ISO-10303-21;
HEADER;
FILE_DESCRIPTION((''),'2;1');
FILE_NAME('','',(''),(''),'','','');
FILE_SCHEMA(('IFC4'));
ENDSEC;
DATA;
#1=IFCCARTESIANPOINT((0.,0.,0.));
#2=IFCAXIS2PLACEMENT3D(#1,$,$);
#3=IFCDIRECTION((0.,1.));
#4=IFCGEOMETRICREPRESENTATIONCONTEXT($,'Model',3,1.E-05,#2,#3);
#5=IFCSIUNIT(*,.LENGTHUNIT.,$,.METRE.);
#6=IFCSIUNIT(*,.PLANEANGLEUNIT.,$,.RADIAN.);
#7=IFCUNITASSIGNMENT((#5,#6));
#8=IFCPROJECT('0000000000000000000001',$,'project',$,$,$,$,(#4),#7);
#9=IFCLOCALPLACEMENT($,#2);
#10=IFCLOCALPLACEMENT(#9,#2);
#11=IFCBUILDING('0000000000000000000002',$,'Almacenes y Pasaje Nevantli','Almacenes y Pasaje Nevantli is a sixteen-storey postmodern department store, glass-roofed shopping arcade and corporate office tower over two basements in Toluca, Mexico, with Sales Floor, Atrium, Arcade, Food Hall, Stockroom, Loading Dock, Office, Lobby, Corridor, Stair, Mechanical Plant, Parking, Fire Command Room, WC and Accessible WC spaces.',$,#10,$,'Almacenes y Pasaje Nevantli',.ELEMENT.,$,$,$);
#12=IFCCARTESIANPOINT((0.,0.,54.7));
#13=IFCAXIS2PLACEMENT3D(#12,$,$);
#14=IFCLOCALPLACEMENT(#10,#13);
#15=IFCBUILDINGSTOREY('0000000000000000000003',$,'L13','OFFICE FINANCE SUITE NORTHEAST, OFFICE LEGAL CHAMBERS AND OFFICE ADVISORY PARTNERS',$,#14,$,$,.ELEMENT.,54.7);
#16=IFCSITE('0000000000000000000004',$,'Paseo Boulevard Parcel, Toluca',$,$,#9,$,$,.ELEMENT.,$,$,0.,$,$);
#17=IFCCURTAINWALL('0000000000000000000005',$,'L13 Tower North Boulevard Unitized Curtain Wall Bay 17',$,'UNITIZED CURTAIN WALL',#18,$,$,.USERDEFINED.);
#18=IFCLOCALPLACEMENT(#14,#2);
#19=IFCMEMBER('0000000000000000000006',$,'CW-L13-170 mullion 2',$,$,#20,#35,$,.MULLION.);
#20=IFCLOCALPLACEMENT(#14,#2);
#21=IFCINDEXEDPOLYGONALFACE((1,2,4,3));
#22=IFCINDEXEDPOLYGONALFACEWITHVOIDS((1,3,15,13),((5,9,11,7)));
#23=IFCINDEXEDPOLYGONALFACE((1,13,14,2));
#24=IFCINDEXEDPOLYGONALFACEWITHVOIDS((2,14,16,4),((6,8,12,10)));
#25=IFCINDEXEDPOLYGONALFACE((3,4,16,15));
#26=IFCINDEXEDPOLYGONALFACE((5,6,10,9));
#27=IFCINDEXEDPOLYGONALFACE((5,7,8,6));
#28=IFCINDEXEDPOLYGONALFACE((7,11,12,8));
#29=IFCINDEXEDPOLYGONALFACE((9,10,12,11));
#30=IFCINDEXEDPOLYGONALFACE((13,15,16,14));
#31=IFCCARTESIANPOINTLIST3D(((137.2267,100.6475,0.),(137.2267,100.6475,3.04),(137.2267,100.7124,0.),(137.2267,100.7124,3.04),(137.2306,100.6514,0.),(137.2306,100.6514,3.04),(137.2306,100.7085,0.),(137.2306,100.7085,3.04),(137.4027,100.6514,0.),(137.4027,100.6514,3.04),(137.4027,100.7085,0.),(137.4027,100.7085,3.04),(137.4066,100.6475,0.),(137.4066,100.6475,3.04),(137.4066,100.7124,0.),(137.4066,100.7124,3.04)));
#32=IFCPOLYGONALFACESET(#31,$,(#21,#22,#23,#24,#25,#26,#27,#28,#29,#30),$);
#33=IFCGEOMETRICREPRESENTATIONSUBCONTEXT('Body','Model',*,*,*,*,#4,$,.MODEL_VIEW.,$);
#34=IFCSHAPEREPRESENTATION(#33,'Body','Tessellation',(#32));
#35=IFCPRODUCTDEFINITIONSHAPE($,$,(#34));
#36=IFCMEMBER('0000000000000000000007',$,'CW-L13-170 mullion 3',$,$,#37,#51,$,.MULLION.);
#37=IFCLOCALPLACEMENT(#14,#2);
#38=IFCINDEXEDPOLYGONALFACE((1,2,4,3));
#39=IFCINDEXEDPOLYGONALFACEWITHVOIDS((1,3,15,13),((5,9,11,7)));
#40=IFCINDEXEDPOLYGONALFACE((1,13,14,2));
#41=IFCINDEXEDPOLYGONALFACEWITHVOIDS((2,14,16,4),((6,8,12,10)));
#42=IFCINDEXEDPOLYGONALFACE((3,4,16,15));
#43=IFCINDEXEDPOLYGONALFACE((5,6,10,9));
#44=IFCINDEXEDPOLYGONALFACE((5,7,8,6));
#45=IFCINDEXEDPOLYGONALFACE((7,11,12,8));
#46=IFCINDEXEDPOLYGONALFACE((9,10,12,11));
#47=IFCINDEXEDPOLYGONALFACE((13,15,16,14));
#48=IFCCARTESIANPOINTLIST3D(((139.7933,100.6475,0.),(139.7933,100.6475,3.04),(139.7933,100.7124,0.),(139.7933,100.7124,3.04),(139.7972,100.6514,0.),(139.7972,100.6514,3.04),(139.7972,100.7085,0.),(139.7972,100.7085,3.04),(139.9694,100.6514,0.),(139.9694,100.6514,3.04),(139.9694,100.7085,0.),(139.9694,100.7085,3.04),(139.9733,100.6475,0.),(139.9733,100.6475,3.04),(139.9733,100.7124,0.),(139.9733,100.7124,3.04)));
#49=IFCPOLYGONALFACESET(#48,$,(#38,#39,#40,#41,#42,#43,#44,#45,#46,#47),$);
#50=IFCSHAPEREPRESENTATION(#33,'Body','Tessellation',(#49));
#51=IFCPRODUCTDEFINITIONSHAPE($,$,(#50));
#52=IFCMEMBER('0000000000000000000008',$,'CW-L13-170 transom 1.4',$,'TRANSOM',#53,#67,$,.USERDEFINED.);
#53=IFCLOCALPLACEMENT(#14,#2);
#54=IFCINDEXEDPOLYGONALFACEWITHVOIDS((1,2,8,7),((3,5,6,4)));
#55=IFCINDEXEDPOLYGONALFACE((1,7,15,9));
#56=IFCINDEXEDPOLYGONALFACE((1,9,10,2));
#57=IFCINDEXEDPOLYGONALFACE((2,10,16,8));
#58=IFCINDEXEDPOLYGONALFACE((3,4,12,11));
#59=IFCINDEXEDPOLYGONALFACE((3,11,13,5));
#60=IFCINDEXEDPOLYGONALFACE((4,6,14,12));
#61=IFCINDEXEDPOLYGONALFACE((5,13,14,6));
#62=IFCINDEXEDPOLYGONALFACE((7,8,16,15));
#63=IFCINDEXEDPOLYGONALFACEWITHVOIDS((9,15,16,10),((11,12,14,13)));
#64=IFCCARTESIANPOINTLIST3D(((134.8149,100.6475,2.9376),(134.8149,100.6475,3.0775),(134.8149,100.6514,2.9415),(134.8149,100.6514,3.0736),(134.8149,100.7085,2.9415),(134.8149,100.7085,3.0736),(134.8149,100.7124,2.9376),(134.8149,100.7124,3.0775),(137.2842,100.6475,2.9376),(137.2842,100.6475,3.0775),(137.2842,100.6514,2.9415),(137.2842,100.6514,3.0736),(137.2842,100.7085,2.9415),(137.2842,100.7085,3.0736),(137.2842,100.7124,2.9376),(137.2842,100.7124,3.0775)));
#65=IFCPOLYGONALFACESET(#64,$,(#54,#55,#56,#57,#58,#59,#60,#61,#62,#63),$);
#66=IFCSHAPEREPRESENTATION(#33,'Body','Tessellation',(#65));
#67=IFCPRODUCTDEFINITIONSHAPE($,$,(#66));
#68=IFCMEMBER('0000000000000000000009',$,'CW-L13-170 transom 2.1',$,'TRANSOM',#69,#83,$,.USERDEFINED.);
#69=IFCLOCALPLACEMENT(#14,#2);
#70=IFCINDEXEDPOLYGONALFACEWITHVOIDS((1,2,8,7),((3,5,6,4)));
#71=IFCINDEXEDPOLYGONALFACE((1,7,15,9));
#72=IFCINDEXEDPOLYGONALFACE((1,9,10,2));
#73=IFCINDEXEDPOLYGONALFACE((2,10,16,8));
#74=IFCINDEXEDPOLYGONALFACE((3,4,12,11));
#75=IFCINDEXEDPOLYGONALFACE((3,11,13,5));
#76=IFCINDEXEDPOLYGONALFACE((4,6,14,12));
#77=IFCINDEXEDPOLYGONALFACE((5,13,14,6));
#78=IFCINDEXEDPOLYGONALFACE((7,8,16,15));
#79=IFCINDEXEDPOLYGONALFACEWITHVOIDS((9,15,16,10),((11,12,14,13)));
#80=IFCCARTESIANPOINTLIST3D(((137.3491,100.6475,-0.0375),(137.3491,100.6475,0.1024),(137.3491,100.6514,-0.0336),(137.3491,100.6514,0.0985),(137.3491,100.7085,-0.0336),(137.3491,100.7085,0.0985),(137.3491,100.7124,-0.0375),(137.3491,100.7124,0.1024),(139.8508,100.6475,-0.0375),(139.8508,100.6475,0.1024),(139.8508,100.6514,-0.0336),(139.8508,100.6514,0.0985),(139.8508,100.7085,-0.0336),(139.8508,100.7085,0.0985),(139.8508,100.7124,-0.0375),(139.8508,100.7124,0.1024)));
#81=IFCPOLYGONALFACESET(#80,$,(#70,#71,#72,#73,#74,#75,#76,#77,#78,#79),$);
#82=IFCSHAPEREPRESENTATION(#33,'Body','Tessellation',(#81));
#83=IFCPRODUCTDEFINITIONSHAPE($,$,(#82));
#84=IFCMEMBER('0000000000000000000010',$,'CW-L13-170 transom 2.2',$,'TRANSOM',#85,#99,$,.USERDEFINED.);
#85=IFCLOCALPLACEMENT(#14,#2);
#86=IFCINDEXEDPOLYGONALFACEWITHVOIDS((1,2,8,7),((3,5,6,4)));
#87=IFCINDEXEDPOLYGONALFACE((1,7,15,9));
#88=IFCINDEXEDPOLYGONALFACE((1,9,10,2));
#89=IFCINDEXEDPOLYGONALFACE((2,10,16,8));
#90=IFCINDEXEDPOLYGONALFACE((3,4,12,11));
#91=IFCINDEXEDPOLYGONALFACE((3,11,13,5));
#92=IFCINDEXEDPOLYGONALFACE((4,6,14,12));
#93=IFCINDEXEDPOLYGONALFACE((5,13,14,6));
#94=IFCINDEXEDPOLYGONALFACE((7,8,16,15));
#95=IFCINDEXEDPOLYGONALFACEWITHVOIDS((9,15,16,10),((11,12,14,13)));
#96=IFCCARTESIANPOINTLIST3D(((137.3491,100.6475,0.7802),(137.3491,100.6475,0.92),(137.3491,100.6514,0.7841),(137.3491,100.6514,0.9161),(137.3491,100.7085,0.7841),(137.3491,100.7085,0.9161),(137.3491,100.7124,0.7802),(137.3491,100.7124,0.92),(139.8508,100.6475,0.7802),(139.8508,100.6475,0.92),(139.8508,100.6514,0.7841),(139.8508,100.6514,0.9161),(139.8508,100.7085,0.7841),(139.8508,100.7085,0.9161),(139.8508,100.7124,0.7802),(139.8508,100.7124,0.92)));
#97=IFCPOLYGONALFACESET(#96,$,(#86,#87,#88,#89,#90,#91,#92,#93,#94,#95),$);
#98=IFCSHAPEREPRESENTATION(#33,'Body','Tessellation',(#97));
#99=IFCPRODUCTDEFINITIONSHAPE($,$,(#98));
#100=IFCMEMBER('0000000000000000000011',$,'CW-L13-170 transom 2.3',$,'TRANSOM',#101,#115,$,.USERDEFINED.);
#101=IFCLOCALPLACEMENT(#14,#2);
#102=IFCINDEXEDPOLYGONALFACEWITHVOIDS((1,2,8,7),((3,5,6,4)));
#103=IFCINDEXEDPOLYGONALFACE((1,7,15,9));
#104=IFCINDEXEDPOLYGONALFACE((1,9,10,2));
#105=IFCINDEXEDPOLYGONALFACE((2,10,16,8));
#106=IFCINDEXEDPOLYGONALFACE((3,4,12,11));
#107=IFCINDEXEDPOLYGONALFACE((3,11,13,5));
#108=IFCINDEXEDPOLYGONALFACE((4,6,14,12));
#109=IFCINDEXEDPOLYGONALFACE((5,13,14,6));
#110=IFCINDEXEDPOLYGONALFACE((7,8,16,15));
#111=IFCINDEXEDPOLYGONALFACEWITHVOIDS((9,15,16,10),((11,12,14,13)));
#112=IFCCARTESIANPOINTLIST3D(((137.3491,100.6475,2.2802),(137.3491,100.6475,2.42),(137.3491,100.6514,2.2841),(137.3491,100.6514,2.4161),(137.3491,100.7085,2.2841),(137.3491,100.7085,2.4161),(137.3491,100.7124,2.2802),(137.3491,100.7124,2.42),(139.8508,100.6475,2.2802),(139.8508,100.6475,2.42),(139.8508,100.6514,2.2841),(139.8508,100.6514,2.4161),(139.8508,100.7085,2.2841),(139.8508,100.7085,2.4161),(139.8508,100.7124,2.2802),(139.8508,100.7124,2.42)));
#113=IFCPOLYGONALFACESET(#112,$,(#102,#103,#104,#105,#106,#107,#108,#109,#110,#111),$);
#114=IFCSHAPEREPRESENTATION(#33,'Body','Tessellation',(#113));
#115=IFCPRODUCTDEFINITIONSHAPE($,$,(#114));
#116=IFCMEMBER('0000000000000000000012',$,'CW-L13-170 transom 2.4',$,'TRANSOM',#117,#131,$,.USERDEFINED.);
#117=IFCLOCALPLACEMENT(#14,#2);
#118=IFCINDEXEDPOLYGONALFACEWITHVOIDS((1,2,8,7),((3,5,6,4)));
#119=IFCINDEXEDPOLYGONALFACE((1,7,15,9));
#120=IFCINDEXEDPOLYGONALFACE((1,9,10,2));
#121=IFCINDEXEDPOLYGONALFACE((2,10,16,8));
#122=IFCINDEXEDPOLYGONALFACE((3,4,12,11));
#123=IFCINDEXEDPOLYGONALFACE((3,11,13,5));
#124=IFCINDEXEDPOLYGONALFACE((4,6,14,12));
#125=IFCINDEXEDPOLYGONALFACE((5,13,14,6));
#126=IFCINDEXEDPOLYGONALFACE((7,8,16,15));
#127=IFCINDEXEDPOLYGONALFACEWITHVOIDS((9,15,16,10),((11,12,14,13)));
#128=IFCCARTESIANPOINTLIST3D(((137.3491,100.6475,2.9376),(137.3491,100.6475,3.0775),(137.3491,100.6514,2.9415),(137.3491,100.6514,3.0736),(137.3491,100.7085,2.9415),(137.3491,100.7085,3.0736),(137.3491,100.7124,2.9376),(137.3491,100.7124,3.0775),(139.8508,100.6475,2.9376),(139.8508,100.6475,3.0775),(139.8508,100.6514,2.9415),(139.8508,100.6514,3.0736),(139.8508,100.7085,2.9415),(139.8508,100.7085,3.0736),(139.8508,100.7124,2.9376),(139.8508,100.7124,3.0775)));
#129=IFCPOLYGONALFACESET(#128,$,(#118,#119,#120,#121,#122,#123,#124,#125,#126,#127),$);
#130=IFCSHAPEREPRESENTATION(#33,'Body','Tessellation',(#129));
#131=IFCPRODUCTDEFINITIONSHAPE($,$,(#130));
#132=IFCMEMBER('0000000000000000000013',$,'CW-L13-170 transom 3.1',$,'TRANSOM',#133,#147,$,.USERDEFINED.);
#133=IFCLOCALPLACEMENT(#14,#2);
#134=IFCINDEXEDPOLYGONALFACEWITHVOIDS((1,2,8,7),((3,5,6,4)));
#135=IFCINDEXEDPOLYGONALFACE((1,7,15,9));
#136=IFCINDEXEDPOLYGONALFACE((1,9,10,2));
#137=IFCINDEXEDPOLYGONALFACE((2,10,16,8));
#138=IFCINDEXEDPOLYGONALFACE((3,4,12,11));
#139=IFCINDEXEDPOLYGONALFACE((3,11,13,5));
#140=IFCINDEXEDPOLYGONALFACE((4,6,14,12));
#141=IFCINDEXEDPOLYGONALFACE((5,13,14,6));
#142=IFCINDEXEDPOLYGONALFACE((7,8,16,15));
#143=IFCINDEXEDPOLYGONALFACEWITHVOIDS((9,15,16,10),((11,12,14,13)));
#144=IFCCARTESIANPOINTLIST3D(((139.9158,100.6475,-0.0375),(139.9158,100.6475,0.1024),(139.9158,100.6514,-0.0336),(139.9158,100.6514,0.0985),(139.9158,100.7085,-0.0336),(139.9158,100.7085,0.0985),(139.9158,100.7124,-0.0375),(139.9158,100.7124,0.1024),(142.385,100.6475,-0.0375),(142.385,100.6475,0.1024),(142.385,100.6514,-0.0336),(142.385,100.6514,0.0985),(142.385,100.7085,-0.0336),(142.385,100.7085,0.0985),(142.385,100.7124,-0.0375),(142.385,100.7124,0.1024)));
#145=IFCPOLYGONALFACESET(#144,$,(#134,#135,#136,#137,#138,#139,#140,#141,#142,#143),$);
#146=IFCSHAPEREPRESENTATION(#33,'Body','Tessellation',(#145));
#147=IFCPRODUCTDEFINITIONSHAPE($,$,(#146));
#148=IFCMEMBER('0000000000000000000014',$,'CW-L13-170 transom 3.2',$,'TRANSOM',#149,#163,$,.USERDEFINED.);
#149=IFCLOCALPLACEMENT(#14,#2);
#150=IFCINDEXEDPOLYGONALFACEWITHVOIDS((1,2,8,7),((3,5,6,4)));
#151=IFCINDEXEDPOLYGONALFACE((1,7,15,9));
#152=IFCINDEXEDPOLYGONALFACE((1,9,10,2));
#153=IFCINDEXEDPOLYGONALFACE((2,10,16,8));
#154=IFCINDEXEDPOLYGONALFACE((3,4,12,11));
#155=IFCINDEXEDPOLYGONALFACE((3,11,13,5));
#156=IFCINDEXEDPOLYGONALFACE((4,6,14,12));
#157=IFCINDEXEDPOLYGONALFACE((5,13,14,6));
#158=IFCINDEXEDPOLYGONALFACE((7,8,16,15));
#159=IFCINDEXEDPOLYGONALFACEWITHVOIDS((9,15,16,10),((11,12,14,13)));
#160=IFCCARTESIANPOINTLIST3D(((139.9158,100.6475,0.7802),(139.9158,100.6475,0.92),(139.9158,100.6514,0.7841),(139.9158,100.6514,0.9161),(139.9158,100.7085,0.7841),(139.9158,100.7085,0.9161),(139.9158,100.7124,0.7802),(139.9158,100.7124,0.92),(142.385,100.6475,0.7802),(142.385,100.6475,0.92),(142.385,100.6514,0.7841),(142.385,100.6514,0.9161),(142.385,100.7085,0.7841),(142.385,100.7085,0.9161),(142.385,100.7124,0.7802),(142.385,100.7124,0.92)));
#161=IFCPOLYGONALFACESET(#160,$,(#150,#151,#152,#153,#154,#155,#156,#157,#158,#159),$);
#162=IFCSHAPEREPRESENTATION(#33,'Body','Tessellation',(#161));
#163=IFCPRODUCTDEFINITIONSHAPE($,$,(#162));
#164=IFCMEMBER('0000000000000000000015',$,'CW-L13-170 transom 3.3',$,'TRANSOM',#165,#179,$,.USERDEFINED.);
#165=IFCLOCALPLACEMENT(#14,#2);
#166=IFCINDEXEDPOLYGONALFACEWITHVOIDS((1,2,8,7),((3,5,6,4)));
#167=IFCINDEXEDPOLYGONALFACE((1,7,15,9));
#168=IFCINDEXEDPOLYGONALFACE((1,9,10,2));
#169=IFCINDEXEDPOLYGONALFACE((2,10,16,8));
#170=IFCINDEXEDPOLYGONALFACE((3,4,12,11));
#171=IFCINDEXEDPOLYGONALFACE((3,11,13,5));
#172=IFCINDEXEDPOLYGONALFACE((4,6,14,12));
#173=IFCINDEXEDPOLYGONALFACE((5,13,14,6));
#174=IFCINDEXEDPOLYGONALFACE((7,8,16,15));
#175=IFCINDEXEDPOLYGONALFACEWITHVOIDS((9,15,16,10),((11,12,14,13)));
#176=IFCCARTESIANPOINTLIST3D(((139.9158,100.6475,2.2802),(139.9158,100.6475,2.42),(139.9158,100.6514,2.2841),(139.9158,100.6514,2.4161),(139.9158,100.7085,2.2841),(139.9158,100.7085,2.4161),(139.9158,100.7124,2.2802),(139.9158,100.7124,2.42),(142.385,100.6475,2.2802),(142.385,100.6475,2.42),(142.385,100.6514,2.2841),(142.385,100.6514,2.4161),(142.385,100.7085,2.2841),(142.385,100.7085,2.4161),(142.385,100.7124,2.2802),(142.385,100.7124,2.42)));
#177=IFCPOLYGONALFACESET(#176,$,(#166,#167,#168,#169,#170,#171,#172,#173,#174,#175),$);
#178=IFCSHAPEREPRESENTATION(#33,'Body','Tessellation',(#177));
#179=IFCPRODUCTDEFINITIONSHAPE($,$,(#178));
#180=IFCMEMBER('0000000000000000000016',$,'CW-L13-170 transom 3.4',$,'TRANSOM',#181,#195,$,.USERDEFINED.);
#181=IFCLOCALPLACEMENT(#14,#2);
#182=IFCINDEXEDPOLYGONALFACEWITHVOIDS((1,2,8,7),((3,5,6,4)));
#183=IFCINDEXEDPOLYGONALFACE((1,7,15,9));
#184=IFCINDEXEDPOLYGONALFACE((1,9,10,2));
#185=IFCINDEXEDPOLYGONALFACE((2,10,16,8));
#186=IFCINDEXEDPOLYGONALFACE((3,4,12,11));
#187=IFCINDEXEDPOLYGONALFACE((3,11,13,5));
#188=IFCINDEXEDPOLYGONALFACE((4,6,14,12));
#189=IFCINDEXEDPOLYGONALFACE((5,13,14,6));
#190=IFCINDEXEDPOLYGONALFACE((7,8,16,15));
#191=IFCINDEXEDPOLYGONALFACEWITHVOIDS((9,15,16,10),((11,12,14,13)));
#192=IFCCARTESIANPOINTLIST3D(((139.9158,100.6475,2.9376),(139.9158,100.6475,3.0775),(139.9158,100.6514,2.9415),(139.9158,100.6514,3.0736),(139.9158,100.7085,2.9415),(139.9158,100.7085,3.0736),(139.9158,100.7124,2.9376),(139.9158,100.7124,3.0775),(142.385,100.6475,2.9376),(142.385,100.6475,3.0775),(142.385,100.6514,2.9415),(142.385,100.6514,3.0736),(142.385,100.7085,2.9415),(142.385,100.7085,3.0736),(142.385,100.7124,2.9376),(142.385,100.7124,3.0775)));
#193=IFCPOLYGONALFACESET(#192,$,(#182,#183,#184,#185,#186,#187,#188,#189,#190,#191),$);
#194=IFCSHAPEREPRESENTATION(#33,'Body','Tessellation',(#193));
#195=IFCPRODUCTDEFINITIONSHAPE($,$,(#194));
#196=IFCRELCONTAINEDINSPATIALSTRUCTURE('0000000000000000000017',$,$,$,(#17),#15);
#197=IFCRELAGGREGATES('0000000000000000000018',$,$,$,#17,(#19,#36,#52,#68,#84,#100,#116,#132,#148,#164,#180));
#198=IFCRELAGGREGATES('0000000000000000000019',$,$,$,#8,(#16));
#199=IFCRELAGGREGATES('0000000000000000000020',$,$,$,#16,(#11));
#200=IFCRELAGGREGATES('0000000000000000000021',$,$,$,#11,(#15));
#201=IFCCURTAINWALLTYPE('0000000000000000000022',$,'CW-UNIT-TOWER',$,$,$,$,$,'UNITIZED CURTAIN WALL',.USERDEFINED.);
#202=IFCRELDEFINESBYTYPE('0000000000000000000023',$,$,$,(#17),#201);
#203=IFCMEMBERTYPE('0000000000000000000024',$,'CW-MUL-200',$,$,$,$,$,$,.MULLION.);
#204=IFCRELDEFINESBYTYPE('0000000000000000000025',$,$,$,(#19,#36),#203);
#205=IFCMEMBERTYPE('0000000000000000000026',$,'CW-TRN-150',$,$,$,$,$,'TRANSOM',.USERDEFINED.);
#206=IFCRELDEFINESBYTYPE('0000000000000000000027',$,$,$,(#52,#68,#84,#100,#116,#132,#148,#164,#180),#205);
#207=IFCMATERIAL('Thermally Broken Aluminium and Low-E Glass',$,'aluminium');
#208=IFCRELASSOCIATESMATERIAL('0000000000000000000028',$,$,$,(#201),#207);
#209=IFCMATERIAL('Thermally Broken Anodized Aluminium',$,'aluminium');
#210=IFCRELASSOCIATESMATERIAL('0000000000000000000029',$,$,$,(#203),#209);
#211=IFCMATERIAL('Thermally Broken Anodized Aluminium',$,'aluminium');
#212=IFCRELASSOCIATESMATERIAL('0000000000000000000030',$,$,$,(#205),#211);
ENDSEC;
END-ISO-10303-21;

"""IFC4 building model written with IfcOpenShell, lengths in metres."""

from ifc_helpers import new_model, si_unit, direction, frame, origin, origin_2d, place, context, subcontext, project, spatial, hollow_rectangle, extrude, material, material_profile, profile_set, type_object, element, aggregate, save


model = new_model("IFC4")

# Units and contexts
model_context = context("Model", 3, precision=1e-05, world=origin(), true_north=direction((0.0, 1.0)))
body_context = subcontext(model_context, "Body", "Model", "MODEL_VIEW")
ifc_project = project(units=[si_unit("LENGTHUNIT", "METRE"), si_unit("PLANEANGLEUNIT", "RADIAN")], contexts=[model_context])

# Site, building, storey
site_placement = place(None, origin())
site = spatial("IfcSite", under=ifc_project, at=site_placement, Name="Paseo Boulevard Parcel, Toluca", CompositionType="ELEMENT", RefElevation=0.0)
building_placement = place(site_placement, origin())
building = spatial("IfcBuilding", under=site, at=building_placement, Name="Almacenes y Pasaje Nevantli", Description="Almacenes y Pasaje Nevantli is a sixteen-storey postmodern department store, glass-roofed shopping arcade and corporate office tower over two basements in Toluca, Mexico, with Sales Floor, Atrium, Arcade, Food Hall, Stockroom, Loading Dock, Office, Lobby, Corridor, Stair, Mechanical Plant, Parking, Fire Command Room, WC and Accessible WC spaces.", LongName="Almacenes y Pasaje Nevantli", CompositionType="ELEMENT")
storey_placement = place(building_placement, frame((0.0, 0.0, 54.7)))
storey = spatial("IfcBuildingStorey", under=building, at=storey_placement, Name="L13", Description="OFFICE FINANCE SUITE NORTHEAST, OFFICE LEGAL CHAMBERS AND OFFICE ADVISORY PARTNERS", CompositionType="ELEMENT", Elevation=54.7)

# Curtain wall, members
ifc_material_1 = material(Name="Thermally Broken Aluminium and Low-E Glass", Category="aluminium")
curtain_wall_type = type_object("IfcCurtainWallType", Name="CW-UNIT-TOWER", ElementType="UNITIZED CURTAIN WALL", PredefinedType="USERDEFINED", material=ifc_material_1)
curtain_wall_placement = place(storey_placement, origin())
curtain_wall = element("IfcCurtainWall", 1, at=curtain_wall_placement, inside=storey, type_object=curtain_wall_type, Name="L13 Tower North Boulevard Unitized Curtain Wall Bay 17", ObjectType="UNITIZED CURTAIN WALL", PredefinedType="USERDEFINED")
ifc_material_2 = material(Name="Thermally Broken Anodized Aluminium", Category="aluminium")
ifc_material_profile_1 = material_profile(ifc_material_2, hollow_rectangle(XDim=0.0649, YDim=0.1799, WallThickness=0.0039, at=origin_2d()), Name="ALU-MUL-65x180")
ifc_profile_set_1 = profile_set([ifc_material_profile_1], Name="Thermally Broken Anodized Aluminium")
member_type_1 = type_object("IfcMemberType", Name="CW-MUL-200", PredefinedType="MULLION", material=ifc_profile_set_1)
member_1_placement = place(storey_placement, frame((137.3167, 100.6799, 0.0), z_axis=(0.0, 0.0, 1.0), x_axis=(0.0, 1.0, 0.0)))
member_1 = element("IfcMember", 2, at=member_1_placement, type_object=member_type_1, Name="CW-L13-170 mullion 2", PredefinedType="MULLION", context=body_context, shape_type="SweptSolid", body=[
    extrude(hollow_rectangle(XDim=0.0649, YDim=0.1799, WallThickness=0.0039, at=origin_2d()), origin(), (0.0, 0.0, 1.0), 3.04),
])
member_2_placement = place(storey_placement, frame((139.8833, 100.6799, 0.0), z_axis=(0.0, 0.0, 1.0), x_axis=(0.0, 1.0, 0.0)))
member_2 = element("IfcMember", 3, at=member_2_placement, type_object=member_type_1, Name="CW-L13-170 mullion 3", PredefinedType="MULLION", context=body_context, shape_type="SweptSolid", body=[
    extrude(hollow_rectangle(XDim=0.0649, YDim=0.1799, WallThickness=0.0039, at=origin_2d()), origin(), (0.0, 0.0, 1.0), 3.04),
])
ifc_material_3 = material(Name="Thermally Broken Anodized Aluminium", Category="aluminium")
ifc_material_profile_2 = material_profile(ifc_material_3, hollow_rectangle(XDim=0.0649, YDim=0.1399, WallThickness=0.0039, at=origin_2d()), Name="ALU-TRN-65x140")
ifc_profile_set_2 = profile_set([ifc_material_profile_2], Name="Thermally Broken Anodized Aluminium")
member_type_2 = type_object("IfcMemberType", Name="CW-TRN-150", ElementType="TRANSOM", PredefinedType="USERDEFINED", material=ifc_profile_set_2)
member_3_placement = place(storey_placement, frame((134.8149, 100.6799, 3.0076), z_axis=(1.0, 0.0, 0.0), x_axis=(0.0, 1.0, 0.0)))
member_3 = element("IfcMember", 4, at=member_3_placement, type_object=member_type_2, Name="CW-L13-170 transom 1.4", ObjectType="TRANSOM", PredefinedType="USERDEFINED", context=body_context, shape_type="SweptSolid", body=[
    extrude(hollow_rectangle(XDim=0.0649, YDim=0.1399, WallThickness=0.0039, at=origin_2d()), origin(), (0.0, 0.0, 1.0), 2.4692),
])
member_4_placement = place(storey_placement, frame((137.3491, 100.6799, 0.0325), z_axis=(1.0, 0.0, 0.0), x_axis=(0.0, 1.0, 0.0)))
member_4 = element("IfcMember", 5, at=member_4_placement, type_object=member_type_2, Name="CW-L13-170 transom 2.1", ObjectType="TRANSOM", PredefinedType="USERDEFINED", context=body_context, shape_type="SweptSolid", body=[
    extrude(hollow_rectangle(XDim=0.0649, YDim=0.1399, WallThickness=0.0039, at=origin_2d()), origin(), (0.0, 0.0, 1.0), 2.5017),
])
member_5_placement = place(storey_placement, frame((137.3491, 100.6799, 0.8501), z_axis=(1.0, 0.0, 0.0), x_axis=(0.0, 1.0, 0.0)))
member_5 = element("IfcMember", 6, at=member_5_placement, type_object=member_type_2, Name="CW-L13-170 transom 2.2", ObjectType="TRANSOM", PredefinedType="USERDEFINED", context=body_context, shape_type="SweptSolid", body=[
    extrude(hollow_rectangle(XDim=0.0649, YDim=0.1399, WallThickness=0.0039, at=origin_2d()), origin(), (0.0, 0.0, 1.0), 2.5017),
])
member_6_placement = place(storey_placement, frame((137.3491, 100.6799, 2.3501), z_axis=(1.0, 0.0, 0.0), x_axis=(0.0, 1.0, 0.0)))
member_6 = element("IfcMember", 7, at=member_6_placement, type_object=member_type_2, Name="CW-L13-170 transom 2.3", ObjectType="TRANSOM", PredefinedType="USERDEFINED", context=body_context, shape_type="SweptSolid", body=[
    extrude(hollow_rectangle(XDim=0.0649, YDim=0.1399, WallThickness=0.0039, at=origin_2d()), origin(), (0.0, 0.0, 1.0), 2.5017),
])
member_7_placement = place(storey_placement, frame((137.3491, 100.6799, 3.0076), z_axis=(1.0, 0.0, 0.0), x_axis=(0.0, 1.0, 0.0)))
member_7 = element("IfcMember", 8, at=member_7_placement, type_object=member_type_2, Name="CW-L13-170 transom 2.4", ObjectType="TRANSOM", PredefinedType="USERDEFINED", context=body_context, shape_type="SweptSolid", body=[
    extrude(hollow_rectangle(XDim=0.0649, YDim=0.1399, WallThickness=0.0039, at=origin_2d()), origin(), (0.0, 0.0, 1.0), 2.5017),
])
member_8_placement = place(storey_placement, frame((139.9158, 100.6799, 0.0325), z_axis=(1.0, 0.0, 0.0), x_axis=(0.0, 1.0, 0.0)))
member_8 = element("IfcMember", 9, at=member_8_placement, type_object=member_type_2, Name="CW-L13-170 transom 3.1", ObjectType="TRANSOM", PredefinedType="USERDEFINED", context=body_context, shape_type="SweptSolid", body=[
    extrude(hollow_rectangle(XDim=0.0649, YDim=0.1399, WallThickness=0.0039, at=origin_2d()), origin(), (0.0, 0.0, 1.0), 2.4692),
])
member_9_placement = place(storey_placement, frame((139.9158, 100.6799, 0.8501), z_axis=(1.0, 0.0, 0.0), x_axis=(0.0, 1.0, 0.0)))
member_9 = element("IfcMember", 10, at=member_9_placement, type_object=member_type_2, Name="CW-L13-170 transom 3.2", ObjectType="TRANSOM", PredefinedType="USERDEFINED", context=body_context, shape_type="SweptSolid", body=[
    extrude(hollow_rectangle(XDim=0.0649, YDim=0.1399, WallThickness=0.0039, at=origin_2d()), origin(), (0.0, 0.0, 1.0), 2.4692),
])
member_10_placement = place(storey_placement, frame((139.9158, 100.6799, 2.3501), z_axis=(1.0, 0.0, 0.0), x_axis=(0.0, 1.0, 0.0)))
member_10 = element("IfcMember", 11, at=member_10_placement, type_object=member_type_2, Name="CW-L13-170 transom 3.3", ObjectType="TRANSOM", PredefinedType="USERDEFINED", context=body_context, shape_type="SweptSolid", body=[
    extrude(hollow_rectangle(XDim=0.0649, YDim=0.1399, WallThickness=0.0039, at=origin_2d()), origin(), (0.0, 0.0, 1.0), 2.4692),
])
member_11_placement = place(storey_placement, frame((139.9158, 100.6799, 3.0076), z_axis=(1.0, 0.0, 0.0), x_axis=(0.0, 1.0, 0.0)))
member_11 = element("IfcMember", 12, at=member_11_placement, type_object=member_type_2, Name="CW-L13-170 transom 3.4", ObjectType="TRANSOM", PredefinedType="USERDEFINED", context=body_context, shape_type="SweptSolid", body=[
    extrude(hollow_rectangle(XDim=0.0649, YDim=0.1399, WallThickness=0.0039, at=origin_2d()), origin(), (0.0, 0.0, 1.0), 2.4692),
])
aggregate(curtain_wall, [member_1, member_2, member_3, member_4, member_5, member_6, member_7, member_8, member_9, member_10, member_11])

save(model, "model.ifc")
